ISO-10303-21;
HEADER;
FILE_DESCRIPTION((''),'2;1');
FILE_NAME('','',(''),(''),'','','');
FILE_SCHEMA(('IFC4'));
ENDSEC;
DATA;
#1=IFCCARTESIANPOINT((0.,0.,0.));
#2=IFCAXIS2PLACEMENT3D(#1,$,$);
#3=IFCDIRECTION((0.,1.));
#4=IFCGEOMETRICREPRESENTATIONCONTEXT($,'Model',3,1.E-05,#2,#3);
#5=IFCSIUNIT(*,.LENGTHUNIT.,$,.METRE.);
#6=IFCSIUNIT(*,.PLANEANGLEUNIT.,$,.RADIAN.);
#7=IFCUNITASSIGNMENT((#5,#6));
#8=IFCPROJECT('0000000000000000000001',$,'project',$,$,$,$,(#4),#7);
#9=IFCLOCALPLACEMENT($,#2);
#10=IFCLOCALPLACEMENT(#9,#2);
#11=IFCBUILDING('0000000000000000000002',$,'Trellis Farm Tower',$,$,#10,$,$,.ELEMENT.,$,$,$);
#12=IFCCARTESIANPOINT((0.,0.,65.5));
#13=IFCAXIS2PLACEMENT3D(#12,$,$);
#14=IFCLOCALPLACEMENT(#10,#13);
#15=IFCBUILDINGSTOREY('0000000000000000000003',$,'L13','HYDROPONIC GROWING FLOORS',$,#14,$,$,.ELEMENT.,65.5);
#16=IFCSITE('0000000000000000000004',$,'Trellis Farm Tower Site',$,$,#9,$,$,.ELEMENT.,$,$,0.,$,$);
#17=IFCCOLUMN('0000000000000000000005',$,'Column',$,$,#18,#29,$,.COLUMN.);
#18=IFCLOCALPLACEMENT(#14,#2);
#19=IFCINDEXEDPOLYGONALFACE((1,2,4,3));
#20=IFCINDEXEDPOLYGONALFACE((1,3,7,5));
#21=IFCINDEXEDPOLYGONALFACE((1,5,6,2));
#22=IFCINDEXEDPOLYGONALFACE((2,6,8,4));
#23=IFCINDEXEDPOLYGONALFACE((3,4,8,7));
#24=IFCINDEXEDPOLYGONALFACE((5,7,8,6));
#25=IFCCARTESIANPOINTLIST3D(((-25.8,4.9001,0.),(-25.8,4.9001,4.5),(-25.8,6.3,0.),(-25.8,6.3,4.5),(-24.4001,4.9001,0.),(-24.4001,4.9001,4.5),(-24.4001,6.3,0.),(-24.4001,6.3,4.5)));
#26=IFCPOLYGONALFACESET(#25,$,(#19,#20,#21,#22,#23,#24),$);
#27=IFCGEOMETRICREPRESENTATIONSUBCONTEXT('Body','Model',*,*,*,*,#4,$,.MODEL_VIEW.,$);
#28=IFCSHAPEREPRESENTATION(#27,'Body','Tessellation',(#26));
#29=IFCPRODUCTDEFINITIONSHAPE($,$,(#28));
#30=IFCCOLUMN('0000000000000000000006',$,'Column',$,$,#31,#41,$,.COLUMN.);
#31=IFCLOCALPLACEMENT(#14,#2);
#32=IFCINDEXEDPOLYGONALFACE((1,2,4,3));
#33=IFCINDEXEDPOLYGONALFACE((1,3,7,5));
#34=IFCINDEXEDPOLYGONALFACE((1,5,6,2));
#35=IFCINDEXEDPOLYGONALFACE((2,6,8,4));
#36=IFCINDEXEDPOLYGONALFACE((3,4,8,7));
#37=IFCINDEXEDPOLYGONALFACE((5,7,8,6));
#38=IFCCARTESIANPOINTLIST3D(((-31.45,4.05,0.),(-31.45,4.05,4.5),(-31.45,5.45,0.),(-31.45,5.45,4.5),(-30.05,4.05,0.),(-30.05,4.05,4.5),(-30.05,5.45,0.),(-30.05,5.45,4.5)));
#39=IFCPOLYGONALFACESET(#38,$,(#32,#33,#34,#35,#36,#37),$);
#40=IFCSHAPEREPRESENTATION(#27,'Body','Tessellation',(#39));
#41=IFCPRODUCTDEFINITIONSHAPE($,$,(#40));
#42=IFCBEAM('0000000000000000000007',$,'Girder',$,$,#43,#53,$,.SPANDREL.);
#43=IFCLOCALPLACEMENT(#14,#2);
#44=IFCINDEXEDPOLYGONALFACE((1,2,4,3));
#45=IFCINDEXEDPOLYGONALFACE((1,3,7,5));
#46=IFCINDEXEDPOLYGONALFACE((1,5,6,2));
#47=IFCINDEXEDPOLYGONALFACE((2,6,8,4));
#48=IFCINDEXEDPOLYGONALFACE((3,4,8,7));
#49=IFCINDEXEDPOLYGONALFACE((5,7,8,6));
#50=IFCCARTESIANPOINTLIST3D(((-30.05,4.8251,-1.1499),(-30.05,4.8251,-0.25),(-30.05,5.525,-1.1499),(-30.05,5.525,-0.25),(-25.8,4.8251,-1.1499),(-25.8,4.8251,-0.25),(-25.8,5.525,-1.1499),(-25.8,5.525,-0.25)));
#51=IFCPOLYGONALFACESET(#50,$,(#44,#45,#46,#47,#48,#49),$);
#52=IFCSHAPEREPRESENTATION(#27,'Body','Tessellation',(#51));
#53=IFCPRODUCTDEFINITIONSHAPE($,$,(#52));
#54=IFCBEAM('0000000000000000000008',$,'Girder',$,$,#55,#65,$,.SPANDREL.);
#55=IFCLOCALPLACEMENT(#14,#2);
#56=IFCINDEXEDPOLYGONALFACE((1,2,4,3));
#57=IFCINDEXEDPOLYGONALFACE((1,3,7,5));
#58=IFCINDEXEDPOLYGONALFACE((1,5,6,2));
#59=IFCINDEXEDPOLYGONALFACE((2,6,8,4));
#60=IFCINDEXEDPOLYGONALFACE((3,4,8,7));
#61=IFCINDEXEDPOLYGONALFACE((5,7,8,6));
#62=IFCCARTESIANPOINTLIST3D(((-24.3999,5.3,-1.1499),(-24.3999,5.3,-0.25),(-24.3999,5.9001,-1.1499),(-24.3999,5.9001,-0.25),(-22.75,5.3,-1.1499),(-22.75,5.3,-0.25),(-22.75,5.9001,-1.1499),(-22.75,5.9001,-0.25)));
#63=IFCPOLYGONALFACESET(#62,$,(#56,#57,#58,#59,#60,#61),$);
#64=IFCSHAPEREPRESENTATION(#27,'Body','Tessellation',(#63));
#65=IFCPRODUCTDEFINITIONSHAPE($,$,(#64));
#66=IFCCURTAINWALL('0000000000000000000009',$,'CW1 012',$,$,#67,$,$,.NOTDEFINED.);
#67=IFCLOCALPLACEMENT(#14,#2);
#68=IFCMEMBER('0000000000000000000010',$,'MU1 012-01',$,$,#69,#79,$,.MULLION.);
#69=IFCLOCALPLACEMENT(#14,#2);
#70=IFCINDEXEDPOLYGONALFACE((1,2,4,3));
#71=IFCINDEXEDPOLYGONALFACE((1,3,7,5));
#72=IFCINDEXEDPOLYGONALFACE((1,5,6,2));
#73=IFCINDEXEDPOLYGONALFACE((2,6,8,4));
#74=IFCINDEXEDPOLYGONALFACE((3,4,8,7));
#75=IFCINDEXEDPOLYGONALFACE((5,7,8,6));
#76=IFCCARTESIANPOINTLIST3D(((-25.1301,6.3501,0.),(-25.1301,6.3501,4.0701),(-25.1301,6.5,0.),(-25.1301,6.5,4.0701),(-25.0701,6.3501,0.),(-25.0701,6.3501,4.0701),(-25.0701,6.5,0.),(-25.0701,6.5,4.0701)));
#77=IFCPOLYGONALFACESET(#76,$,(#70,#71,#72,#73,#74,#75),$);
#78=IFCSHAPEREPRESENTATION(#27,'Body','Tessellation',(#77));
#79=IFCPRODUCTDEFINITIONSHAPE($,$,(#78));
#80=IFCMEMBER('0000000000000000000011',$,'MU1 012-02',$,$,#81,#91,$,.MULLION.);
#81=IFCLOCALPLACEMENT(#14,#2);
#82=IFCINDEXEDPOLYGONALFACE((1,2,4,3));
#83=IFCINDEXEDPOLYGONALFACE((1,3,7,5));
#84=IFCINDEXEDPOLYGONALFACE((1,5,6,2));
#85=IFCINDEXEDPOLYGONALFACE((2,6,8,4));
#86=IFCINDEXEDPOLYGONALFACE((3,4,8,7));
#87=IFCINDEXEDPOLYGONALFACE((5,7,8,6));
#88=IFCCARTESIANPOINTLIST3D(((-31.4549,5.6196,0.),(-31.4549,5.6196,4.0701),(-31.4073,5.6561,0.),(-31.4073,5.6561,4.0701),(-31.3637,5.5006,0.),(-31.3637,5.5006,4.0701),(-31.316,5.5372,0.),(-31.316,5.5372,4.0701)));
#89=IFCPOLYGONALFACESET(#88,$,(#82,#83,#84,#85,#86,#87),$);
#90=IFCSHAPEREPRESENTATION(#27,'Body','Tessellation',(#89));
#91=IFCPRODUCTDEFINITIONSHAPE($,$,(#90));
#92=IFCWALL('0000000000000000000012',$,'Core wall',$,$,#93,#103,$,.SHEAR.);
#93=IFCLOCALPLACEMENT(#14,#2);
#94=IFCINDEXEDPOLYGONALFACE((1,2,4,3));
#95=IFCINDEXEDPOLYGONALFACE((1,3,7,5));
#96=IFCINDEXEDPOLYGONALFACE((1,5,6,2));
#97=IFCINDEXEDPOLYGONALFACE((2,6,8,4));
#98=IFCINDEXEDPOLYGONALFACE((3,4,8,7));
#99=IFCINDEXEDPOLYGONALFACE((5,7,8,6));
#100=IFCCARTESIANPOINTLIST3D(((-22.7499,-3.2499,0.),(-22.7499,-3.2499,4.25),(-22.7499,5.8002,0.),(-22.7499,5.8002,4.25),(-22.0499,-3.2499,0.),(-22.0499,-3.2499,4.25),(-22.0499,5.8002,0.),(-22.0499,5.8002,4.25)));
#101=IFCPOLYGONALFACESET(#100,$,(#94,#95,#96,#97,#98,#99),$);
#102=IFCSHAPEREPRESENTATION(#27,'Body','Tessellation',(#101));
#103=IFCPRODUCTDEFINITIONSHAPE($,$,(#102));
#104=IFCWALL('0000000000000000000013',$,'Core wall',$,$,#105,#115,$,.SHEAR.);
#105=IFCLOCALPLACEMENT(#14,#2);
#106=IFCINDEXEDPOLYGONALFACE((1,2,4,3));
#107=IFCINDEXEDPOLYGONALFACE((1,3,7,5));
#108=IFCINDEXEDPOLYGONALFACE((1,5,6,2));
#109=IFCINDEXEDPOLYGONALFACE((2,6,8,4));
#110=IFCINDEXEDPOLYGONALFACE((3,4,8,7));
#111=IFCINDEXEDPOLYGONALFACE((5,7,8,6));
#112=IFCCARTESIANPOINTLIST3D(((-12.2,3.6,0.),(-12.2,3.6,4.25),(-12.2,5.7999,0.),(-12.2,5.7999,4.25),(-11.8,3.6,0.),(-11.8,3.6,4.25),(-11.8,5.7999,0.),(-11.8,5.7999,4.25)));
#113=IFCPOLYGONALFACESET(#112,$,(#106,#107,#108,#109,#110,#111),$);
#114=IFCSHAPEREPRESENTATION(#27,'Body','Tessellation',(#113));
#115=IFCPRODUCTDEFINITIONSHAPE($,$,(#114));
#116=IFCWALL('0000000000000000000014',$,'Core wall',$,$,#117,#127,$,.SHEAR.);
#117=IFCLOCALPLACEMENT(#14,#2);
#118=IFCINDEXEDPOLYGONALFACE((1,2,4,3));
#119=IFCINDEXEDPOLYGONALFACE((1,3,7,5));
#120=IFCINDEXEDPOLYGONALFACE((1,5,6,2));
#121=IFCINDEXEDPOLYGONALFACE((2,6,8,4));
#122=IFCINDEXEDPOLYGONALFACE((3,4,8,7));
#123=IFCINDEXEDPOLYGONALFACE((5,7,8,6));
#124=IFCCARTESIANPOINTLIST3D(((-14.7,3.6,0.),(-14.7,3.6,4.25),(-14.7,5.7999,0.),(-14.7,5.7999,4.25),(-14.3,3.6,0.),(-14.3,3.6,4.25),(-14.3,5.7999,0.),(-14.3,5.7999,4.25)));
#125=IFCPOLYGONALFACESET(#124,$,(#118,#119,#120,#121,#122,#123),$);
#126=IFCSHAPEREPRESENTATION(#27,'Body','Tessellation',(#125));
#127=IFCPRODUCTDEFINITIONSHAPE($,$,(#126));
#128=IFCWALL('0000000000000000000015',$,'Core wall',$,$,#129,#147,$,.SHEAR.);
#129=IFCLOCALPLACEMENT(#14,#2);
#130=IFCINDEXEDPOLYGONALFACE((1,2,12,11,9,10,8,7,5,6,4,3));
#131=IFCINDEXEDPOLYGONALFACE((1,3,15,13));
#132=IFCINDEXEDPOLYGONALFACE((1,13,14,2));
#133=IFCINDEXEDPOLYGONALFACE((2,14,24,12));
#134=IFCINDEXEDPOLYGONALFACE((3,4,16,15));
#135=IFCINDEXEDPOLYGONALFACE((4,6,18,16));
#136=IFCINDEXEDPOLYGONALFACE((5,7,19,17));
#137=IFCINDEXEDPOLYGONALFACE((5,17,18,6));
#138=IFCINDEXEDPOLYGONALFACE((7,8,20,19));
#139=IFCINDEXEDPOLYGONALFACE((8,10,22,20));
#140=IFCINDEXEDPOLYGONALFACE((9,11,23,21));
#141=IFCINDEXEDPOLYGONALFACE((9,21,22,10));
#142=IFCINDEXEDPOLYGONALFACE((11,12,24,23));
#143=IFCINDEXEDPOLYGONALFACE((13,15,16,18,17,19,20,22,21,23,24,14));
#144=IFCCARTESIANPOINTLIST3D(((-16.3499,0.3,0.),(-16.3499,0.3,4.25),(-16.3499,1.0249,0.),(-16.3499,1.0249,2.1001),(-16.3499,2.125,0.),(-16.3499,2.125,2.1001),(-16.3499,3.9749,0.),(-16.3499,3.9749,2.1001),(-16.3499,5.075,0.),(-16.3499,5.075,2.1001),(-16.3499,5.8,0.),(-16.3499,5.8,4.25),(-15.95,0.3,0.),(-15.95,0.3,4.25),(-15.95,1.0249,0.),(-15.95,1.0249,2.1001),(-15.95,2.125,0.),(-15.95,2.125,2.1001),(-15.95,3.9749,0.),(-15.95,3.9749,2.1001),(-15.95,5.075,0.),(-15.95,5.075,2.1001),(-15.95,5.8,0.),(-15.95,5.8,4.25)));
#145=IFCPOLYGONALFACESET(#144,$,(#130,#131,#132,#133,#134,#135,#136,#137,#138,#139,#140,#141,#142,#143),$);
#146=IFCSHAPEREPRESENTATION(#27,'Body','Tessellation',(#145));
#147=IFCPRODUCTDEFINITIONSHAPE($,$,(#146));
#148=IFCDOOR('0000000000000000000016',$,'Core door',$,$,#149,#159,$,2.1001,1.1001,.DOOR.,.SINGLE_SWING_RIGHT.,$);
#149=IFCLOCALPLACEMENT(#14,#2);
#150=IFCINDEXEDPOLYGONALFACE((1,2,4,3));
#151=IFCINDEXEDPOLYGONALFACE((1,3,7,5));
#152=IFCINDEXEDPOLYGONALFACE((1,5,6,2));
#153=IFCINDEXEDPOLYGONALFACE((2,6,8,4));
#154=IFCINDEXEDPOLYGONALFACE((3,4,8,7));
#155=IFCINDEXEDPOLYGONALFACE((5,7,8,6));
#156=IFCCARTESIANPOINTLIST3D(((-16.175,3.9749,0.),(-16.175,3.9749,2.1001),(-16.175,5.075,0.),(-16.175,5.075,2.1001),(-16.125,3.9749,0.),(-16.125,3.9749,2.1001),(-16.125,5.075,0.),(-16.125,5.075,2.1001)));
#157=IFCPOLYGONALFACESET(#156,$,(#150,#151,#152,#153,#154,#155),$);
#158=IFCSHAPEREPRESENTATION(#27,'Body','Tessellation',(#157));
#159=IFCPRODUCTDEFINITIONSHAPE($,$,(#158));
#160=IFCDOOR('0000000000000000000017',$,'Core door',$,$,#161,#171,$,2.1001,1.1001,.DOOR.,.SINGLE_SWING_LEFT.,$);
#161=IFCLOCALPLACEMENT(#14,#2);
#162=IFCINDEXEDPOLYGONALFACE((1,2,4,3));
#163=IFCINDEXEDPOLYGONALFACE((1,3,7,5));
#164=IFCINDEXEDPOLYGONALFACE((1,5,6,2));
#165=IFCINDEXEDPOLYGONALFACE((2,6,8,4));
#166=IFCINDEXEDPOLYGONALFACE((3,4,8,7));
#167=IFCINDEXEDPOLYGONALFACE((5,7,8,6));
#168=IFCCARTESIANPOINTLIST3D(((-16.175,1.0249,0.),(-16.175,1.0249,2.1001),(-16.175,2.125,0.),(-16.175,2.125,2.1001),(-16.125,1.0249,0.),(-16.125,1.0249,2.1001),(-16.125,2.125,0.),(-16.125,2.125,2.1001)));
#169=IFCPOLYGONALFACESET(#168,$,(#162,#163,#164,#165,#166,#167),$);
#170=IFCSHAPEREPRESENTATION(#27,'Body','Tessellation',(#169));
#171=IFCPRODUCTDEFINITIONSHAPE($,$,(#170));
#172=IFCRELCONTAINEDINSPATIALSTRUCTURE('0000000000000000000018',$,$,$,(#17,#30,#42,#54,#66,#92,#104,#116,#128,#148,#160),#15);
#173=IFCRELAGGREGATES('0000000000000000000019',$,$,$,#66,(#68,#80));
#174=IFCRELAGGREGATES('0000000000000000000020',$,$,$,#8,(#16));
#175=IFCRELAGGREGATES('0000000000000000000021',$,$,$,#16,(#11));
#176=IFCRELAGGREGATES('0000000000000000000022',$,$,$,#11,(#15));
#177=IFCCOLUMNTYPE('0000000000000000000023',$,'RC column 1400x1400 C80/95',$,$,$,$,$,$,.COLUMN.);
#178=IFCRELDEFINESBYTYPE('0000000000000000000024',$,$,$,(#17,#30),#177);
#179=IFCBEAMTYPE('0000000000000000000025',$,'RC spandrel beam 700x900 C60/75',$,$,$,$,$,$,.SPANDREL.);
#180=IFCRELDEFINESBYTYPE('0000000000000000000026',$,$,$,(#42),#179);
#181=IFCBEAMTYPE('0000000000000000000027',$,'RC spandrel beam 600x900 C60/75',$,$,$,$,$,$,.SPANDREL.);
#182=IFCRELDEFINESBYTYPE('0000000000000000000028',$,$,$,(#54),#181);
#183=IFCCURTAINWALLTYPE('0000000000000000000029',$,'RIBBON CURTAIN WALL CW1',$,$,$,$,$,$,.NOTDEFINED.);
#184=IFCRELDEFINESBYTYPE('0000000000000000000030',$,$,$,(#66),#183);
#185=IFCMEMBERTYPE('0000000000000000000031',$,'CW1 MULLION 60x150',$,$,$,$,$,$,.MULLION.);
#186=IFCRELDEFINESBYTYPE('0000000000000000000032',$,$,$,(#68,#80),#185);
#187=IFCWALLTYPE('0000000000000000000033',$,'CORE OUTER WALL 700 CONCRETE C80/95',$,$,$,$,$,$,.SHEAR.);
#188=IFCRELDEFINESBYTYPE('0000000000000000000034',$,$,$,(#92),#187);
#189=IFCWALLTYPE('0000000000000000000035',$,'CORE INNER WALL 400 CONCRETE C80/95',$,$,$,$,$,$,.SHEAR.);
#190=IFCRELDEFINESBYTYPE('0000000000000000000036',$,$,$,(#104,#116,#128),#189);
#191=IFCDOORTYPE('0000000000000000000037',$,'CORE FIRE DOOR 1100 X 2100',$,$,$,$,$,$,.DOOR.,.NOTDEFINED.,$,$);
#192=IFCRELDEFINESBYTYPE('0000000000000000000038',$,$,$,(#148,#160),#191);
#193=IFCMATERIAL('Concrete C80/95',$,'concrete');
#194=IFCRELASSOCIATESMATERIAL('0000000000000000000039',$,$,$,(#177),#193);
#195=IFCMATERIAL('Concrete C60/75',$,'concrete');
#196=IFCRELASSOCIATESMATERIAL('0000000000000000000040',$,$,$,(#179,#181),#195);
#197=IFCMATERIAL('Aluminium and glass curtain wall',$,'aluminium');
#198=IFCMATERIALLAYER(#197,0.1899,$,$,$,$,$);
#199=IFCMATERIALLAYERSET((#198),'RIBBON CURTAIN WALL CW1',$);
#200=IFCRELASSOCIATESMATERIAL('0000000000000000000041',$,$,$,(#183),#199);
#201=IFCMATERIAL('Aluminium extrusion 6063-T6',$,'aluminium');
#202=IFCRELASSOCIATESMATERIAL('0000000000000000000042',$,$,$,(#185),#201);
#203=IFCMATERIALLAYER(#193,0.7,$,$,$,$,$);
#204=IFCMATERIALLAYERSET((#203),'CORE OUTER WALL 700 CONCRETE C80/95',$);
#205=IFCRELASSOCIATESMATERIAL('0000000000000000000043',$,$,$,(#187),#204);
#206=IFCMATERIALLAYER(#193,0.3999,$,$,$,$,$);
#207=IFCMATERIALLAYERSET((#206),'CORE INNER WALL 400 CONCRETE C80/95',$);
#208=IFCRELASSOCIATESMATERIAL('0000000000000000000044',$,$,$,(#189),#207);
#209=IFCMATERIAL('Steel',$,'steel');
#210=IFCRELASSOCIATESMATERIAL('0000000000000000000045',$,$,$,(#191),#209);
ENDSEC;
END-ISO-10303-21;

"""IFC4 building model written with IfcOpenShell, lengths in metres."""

from ifc_helpers import new_model, si_unit, direction, frame, frame_2d, origin, origin_2d, place, context, subcontext, project, spatial, rectangle, extrude, source, transform, mapped, material, layer, layer_set, material_profile, profile_set, type_object, element, fill, aggregate, save


model = new_model("IFC4")

# Units and contexts
model_context = context("Model", 3, precision=1e-05, world=origin(), true_north=direction((0.0, 1.0)))
body_context = subcontext(model_context, "Body", "Model", "MODEL_VIEW")
ifc_project = project(units=[si_unit("LENGTHUNIT", "METRE"), si_unit("PLANEANGLEUNIT", "RADIAN")], contexts=[model_context])

# Site, building, storey
site_placement = place(None, origin())
site = spatial("IfcSite", under=ifc_project, at=site_placement, Name="Trellis Farm Tower Site", CompositionType="ELEMENT", RefElevation=0.0)
building_placement = place(site_placement, origin())
building = spatial("IfcBuilding", under=site, at=building_placement, Name="Trellis Farm Tower", CompositionType="ELEMENT")
storey_placement = place(building_placement, frame((0.0, 0.0, 65.5)))
storey = spatial("IfcBuildingStorey", under=building, at=storey_placement, Name="L13", Description="HYDROPONIC GROWING FLOORS", CompositionType="ELEMENT", Elevation=65.5)

# Columns
ifc_material_1 = material(Name="Concrete C80/95", Category="concrete")
ifc_material_profile_1 = material_profile(ifc_material_1, rectangle(XDim=1.3999, YDim=1.3999, at=origin_2d()), Name="RC column 1400x1400 C80/95")
ifc_profile_set_1 = profile_set([ifc_material_profile_1], Name="Concrete C80/95")
column_type = type_object("IfcColumnType", Name="RC column 1400x1400 C80/95", PredefinedType="COLUMN", material=ifc_profile_set_1)
shared_shape_1 = source(origin(), body_context, "Body", "SweptSolid", [
    extrude(rectangle(XDim=1.3999, YDim=1.3999, at=origin_2d()), origin(), (0.0, 0.0, 1.0), 4.5),
])
for number, where, z_axis, x_axis, name in (
    (1, (-25.1001, 5.6001, 0.0), (0.0, 0.0, 1.0), (1.0, 0.0, 0.0), "Column"),
    (2, (-30.75, 4.75, 0.0), (0.0, 0.0, 1.0), (1.0, 0.0, 0.0), "Column"),
):
    element("IfcColumn", number, at=place(storey_placement, frame(where, z_axis=z_axis, x_axis=x_axis)), inside=storey, type_object=column_type, Name=name, PredefinedType="COLUMN", context=body_context, shape_type="MappedRepresentation", body=[
        mapped(shared_shape_1, transform((0.0, 0.0, 0.0))),
    ])

# Beams
ifc_material_2 = material(Name="Concrete C60/75", Category="concrete")
ifc_material_profile_2 = material_profile(ifc_material_2, rectangle(XDim=0.7, YDim=0.8999, at=origin_2d()), Name="RC spandrel beam 700x900 C60/75")
ifc_profile_set_2 = profile_set([ifc_material_profile_2], Name="Concrete C60/75")
beam_type_1 = type_object("IfcBeamType", Name="RC spandrel beam 700x900 C60/75", PredefinedType="SPANDREL", material=ifc_profile_set_2)
shared_shape_2 = source(origin(), body_context, "Body", "SweptSolid", [
    extrude(rectangle(XDim=0.7, YDim=0.8999, at=origin_2d()), origin(), (0.0, 0.0, 1.0), 4.25),
])
beam_1_placement = place(storey_placement, frame((-30.05, 5.175, -0.7), z_axis=(1.0, 0.0, 0.0), x_axis=(0.0, 1.0, 0.0)))
element("IfcBeam", 3, at=beam_1_placement, inside=storey, type_object=beam_type_1, Name="Girder", PredefinedType="SPANDREL", context=body_context, shape_type="MappedRepresentation", body=[
    mapped(shared_shape_2, transform((0.0, 0.0, 0.0))),
])
ifc_material_profile_3 = material_profile(ifc_material_2, rectangle(XDim=0.6001, YDim=0.8999, at=origin_2d()), Name="RC spandrel beam 600x900 C60/75")
ifc_profile_set_3 = profile_set([ifc_material_profile_3], Name="Concrete C60/75")
beam_type_2 = type_object("IfcBeamType", Name="RC spandrel beam 600x900 C60/75", PredefinedType="SPANDREL", material=ifc_profile_set_3)
shared_shape_3 = source(origin(), body_context, "Body", "SweptSolid", [
    extrude(rectangle(XDim=0.6001, YDim=0.8999, at=origin_2d()), origin(), (0.0, 0.0, 1.0), 1.6499),
])
beam_2_placement = place(storey_placement, frame((-24.3999, 5.6001, -0.7), z_axis=(1.0, 0.0, 0.0), x_axis=(0.0, 1.0, 0.0)))
element("IfcBeam", 4, at=beam_2_placement, inside=storey, type_object=beam_type_2, Name="Girder", PredefinedType="SPANDREL", context=body_context, shape_type="MappedRepresentation", body=[
    mapped(shared_shape_3, transform((0.0, 0.0, 0.0))),
])

# Curtain wall, members
ifc_material_3 = material(Name="Aluminium and glass curtain wall", Category="aluminium")
ifc_layer_1 = layer(ifc_material_3, 0.1899)
ifc_layer_set_1 = layer_set([ifc_layer_1], Name="RIBBON CURTAIN WALL CW1")
curtain_wall_type = type_object("IfcCurtainWallType", Name="RIBBON CURTAIN WALL CW1", PredefinedType="NOTDEFINED", material=ifc_layer_set_1)
placement = place(storey_placement, origin())
curtain_wall = element("IfcCurtainWall", 5, at=placement, inside=storey, type_object=curtain_wall_type, Name="CW1 012", PredefinedType="NOTDEFINED")
ifc_material_4 = material(Name="Aluminium extrusion 6063-T6", Category="aluminium")
ifc_material_profile_4 = material_profile(ifc_material_4, rectangle(XDim=0.0601, YDim=0.1499, at=origin_2d()), Name="MULLION 60x150")
ifc_profile_set_4 = profile_set([ifc_material_profile_4], Name="Aluminium extrusion 6063-T6")
member_type = type_object("IfcMemberType", Name="CW1 MULLION 60x150", PredefinedType="MULLION", material=ifc_profile_set_4)
shared_shape_4 = source(origin(), body_context, "Body", "SweptSolid", [
    extrude(rectangle(XDim=0.0601, YDim=0.1499, at=origin_2d()), origin(), (0.0, 0.0, 1.0), 4.0701),
])
member_1_placement = place(storey_placement, frame((-25.1001, 6.425, 0.0), z_axis=(0.0, 0.0, 1.0), x_axis=(-1.0, 0.0, 0.0)))
member_1 = element("IfcMember", 6, at=member_1_placement, type_object=member_type, Name="MU1 012-01", PredefinedType="MULLION", context=body_context, shape_type="MappedRepresentation", body=[
    mapped(shared_shape_4, transform((0.0, 0.0, 0.0))),
])
member_2_placement = place(storey_placement, frame((-31.3855, 5.5784, 0.0), z_axis=(0.0, 0.0, 1.0), x_axis=(-0.793353, -0.608761, 0.0)))
member_2 = element("IfcMember", 7, at=member_2_placement, type_object=member_type, Name="MU1 012-02", PredefinedType="MULLION", context=body_context, shape_type="MappedRepresentation", body=[
    mapped(shared_shape_4, transform((0.0, 0.0, 0.0))),
])
aggregate(curtain_wall, [member_1, member_2])

# Walls
ifc_layer_2 = layer(ifc_material_1, 0.7)
ifc_layer_set_2 = layer_set([ifc_layer_2], Name="CORE OUTER WALL 700 CONCRETE C80/95")
wall_type_1 = type_object("IfcWallType", Name="CORE OUTER WALL 700 CONCRETE C80/95", PredefinedType="SHEAR", material=ifc_layer_set_2)
shared_shape_5 = source(origin(), body_context, "Body", "SweptSolid", [
    extrude(rectangle(XDim=9.05, YDim=0.7, at=frame_2d((4.5249, 0.0))), origin(), (0.0, 0.0, 1.0), 4.25),
])
wall_1_placement = place(storey_placement, frame((-22.3999, 5.8, 0.0), z_axis=(0.0, 0.0, 1.0), x_axis=(0.0, -1.0, 0.0)))
element("IfcWall", 8, at=wall_1_placement, inside=storey, type_object=wall_type_1, Name="Core wall", PredefinedType="SHEAR", context=body_context, shape_type="MappedRepresentation", body=[
    mapped(shared_shape_5, transform((0.0, 0.0, 0.0))),
])
ifc_layer_3 = layer(ifc_material_1, 0.3999)
ifc_layer_set_3 = layer_set([ifc_layer_3], Name="CORE INNER WALL 400 CONCRETE C80/95")
wall_type_2 = type_object("IfcWallType", Name="CORE INNER WALL 400 CONCRETE C80/95", PredefinedType="SHEAR", material=ifc_layer_set_3)
shared_shape_6 = source(origin(), body_context, "Body", "SweptSolid", [
    extrude(rectangle(XDim=2.2, YDim=0.3999, at=frame_2d((1.1001, 0.0))), origin(), (0.0, 0.0, 1.0), 4.25),
])
for number, where, z_axis, x_axis, name in (
    (9, (-12.0, 5.8, 0.0), (0.0, 0.0, 1.0), (0.0, -1.0, 0.0), "Core wall"),
    (10, (-14.5, 5.8, 0.0), (0.0, 0.0, 1.0), (0.0, -1.0, 0.0), "Core wall"),
):
    element("IfcWall", number, at=place(storey_placement, frame(where, z_axis=z_axis, x_axis=x_axis)), inside=storey, type_object=wall_type_2, Name=name, PredefinedType="SHEAR", context=body_context, shape_type="MappedRepresentation", body=[
        mapped(shared_shape_6, transform((0.0, 0.0, 0.0))),
    ])

# Wall, openings, doors
shared_shape_7 = source(origin(), body_context, "Body", "SweptSolid", [
    extrude(rectangle(XDim=5.5, YDim=0.3999, at=frame_2d((2.75, 0.0))), origin(), (0.0, 0.0, 1.0), 4.25),
])
wall_2_placement = place(storey_placement, frame((-16.1499, 5.8, 0.0), z_axis=(0.0, 0.0, 1.0), x_axis=(0.0, -1.0, 0.0)))
wall_2 = element("IfcWall", 11, at=wall_2_placement, inside=storey, type_object=wall_type_2, Name="Core wall", PredefinedType="SHEAR", context=body_context, shape_type="MappedRepresentation", body=[
    mapped(shared_shape_7, transform((0.0, 0.0, 0.0))),
])
shared_shape_8 = source(origin(), body_context, "Body", "SweptSolid", [
    extrude(rectangle(XDim=1.1001, YDim=2.1001, at=frame_2d((0.55, 1.05))), frame((0.0, 0.21, 0.0), z_axis=(0.0, -1.0, 0.0), x_axis=(1.0, 0.0, 0.0)), (0.0, 0.0, 1.0), 0.4199),
])
opening_1_placement = place(wall_2_placement, frame((0.7251, 0.0, 0.0)))
opening_1 = element("IfcOpeningElement", 12, at=opening_1_placement, cuts=wall_2, PredefinedType="OPENING", context=body_context, shape_type="MappedRepresentation", body=[
    mapped(shared_shape_8, transform((0.0, 0.0, 0.0))),
])
opening_2_placement = place(wall_2_placement, frame((3.675, 0.0, 0.0)))
opening_2 = element("IfcOpeningElement", 13, at=opening_2_placement, cuts=wall_2, PredefinedType="OPENING", context=body_context, shape_type="MappedRepresentation", body=[
    mapped(shared_shape_8, transform((0.0, 0.0, 0.0))),
])
ifc_material_5 = material(Name="Steel", Category="steel")
door_type = type_object("IfcDoorType", Name="CORE FIRE DOOR 1100 X 2100", OperationType="NOTDEFINED", PredefinedType="DOOR", material=ifc_material_5)
shared_shape_9 = source(origin(), body_context, "Body", "SweptSolid", [
    extrude(rectangle(XDim=1.1001, YDim=2.1001, at=frame_2d((0.55, 1.05))), frame((0.0, 0.0249, 0.0), z_axis=(0.0, -1.0, 0.0), x_axis=(1.0, 0.0, 0.0)), (0.0, 0.0, 1.0), 0.05),
])
door_1_placement = place(opening_1_placement, origin())
door_1 = element("IfcDoor", 14, at=door_1_placement, inside=storey, type_object=door_type, Name="Core door", OperationType="SINGLE_SWING_RIGHT", OverallHeight=2.1001, OverallWidth=1.1001, PredefinedType="DOOR", context=body_context, shape_type="MappedRepresentation", body=[
    mapped(shared_shape_9, transform((0.0, 0.0, 0.0))),
])
fill(opening_1, door_1)
door_2_placement = place(opening_2_placement, origin())
door_2 = element("IfcDoor", 15, at=door_2_placement, inside=storey, type_object=door_type, Name="Core door", OperationType="SINGLE_SWING_LEFT", OverallHeight=2.1001, OverallWidth=1.1001, PredefinedType="DOOR", context=body_context, shape_type="MappedRepresentation", body=[
    mapped(shared_shape_9, transform((0.0, 0.0, 0.0))),
])
fill(opening_2, door_2)

save(model, "model.ifc")
